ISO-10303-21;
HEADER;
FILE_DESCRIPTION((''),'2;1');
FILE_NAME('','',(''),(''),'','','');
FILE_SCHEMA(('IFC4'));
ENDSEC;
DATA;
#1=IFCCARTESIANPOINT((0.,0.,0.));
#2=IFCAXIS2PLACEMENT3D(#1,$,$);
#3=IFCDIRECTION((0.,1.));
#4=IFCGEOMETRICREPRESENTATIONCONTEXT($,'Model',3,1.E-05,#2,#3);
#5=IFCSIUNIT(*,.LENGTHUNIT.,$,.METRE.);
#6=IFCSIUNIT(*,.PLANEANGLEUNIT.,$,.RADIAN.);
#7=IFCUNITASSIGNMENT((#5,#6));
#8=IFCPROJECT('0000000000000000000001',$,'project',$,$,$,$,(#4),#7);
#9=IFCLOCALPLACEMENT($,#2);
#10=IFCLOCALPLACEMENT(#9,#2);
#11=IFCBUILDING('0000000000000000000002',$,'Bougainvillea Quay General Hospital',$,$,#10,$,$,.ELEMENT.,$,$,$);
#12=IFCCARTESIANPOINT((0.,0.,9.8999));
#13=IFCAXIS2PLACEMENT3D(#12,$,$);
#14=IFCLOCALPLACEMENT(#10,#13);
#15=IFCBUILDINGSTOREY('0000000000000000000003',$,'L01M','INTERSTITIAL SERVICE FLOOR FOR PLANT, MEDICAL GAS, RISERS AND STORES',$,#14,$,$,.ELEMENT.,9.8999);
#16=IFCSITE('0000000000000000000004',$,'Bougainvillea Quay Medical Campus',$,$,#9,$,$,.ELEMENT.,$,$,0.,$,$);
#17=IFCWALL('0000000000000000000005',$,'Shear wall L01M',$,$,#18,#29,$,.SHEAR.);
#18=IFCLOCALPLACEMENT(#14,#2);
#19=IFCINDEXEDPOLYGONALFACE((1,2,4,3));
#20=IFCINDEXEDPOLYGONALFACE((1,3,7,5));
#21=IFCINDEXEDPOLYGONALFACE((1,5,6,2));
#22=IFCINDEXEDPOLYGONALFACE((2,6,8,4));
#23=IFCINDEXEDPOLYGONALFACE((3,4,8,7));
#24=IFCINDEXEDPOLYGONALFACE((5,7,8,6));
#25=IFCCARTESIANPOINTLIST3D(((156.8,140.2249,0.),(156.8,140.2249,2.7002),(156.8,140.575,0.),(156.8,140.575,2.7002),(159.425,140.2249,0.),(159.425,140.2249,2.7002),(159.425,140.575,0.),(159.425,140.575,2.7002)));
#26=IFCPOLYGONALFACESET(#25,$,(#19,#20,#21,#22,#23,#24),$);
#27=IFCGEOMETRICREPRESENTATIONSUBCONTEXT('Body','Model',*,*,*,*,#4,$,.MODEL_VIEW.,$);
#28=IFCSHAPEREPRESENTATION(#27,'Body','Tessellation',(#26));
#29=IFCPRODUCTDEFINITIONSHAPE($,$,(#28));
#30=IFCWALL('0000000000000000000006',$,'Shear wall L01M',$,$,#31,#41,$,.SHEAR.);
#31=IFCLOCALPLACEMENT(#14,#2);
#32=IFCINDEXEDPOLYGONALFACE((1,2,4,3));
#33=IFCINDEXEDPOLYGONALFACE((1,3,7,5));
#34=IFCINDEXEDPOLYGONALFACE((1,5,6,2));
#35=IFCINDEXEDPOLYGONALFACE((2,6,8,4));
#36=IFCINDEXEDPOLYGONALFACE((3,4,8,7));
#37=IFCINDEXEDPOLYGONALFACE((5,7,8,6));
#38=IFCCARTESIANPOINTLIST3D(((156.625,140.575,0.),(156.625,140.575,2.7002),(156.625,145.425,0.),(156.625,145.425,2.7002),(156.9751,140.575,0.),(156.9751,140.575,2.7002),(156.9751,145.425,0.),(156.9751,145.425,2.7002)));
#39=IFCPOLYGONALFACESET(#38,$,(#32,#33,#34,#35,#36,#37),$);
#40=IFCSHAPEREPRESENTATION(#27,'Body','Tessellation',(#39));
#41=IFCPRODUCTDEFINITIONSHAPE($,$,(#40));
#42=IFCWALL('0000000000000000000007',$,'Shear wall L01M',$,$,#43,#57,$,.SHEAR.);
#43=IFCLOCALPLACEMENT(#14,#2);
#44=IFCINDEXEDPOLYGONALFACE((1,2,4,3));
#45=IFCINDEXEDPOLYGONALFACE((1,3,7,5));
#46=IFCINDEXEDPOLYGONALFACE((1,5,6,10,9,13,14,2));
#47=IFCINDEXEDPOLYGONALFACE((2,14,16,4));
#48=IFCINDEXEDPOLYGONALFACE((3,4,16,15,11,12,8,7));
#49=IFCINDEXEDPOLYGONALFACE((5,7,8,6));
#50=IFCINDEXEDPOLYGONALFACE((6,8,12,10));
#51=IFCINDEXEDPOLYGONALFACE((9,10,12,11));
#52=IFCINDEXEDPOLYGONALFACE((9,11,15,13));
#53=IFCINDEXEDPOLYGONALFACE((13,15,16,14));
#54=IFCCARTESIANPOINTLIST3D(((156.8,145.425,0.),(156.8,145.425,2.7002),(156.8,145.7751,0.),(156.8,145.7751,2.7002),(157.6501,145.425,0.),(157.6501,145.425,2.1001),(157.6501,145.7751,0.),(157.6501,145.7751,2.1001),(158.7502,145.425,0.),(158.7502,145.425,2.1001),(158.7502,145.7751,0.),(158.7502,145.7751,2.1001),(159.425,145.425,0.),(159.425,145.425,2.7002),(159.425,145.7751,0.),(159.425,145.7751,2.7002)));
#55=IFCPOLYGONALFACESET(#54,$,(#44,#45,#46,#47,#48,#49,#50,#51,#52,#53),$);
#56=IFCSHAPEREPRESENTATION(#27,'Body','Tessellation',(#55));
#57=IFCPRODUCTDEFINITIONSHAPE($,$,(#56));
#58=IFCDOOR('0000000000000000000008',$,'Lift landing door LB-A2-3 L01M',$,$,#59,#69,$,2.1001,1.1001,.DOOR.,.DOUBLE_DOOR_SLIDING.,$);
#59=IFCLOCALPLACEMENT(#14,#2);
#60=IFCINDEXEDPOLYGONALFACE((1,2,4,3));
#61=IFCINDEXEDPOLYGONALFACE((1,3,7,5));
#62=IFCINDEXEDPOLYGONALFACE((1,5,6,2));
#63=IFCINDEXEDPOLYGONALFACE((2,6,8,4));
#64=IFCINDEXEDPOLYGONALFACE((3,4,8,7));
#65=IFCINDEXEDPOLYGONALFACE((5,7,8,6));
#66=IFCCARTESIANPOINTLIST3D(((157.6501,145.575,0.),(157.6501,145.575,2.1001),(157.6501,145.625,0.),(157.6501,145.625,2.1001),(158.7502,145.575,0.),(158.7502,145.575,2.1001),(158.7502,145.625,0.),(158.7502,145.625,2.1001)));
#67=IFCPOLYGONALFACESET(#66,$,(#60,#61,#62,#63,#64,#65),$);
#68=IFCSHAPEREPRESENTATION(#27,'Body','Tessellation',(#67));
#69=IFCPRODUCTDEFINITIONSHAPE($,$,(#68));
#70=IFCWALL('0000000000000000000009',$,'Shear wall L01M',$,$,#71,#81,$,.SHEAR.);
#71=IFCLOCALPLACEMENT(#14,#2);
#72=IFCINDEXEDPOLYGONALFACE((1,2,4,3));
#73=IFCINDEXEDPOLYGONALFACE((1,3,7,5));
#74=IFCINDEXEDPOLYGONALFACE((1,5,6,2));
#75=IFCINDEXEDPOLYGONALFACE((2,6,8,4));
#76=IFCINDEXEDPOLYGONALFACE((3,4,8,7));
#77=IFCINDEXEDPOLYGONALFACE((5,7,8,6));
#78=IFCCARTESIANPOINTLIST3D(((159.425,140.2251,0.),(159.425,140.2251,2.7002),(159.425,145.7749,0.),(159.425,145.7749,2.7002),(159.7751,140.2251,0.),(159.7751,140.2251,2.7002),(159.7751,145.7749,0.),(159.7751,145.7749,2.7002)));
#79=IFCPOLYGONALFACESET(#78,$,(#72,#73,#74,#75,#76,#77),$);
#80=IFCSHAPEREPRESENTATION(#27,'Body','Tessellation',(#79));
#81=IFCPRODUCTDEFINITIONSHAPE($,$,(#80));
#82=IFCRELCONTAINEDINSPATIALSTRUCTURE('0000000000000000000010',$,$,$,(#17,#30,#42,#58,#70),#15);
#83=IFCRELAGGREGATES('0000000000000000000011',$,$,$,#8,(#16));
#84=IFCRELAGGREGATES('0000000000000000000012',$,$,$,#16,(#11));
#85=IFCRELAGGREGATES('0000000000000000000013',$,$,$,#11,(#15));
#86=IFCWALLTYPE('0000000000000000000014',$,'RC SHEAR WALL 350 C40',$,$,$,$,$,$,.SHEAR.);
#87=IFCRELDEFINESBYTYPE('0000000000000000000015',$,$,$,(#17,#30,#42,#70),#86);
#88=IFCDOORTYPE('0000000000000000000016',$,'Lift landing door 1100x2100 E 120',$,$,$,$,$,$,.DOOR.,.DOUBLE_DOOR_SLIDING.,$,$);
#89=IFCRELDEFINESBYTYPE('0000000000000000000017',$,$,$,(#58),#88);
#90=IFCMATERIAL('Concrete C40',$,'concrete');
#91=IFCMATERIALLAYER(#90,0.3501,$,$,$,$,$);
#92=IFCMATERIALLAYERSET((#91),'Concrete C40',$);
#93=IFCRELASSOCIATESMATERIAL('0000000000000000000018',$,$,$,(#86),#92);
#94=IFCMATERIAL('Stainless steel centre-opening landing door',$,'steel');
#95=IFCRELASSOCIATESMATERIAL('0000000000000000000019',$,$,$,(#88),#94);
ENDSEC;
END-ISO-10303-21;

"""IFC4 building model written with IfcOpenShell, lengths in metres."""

from ifc_helpers import new_model, si_unit, direction, frame, frame_2d, origin, place, context, subcontext, project, spatial, rectangle, extrude, material, layer, layer_set, type_object, element, fill, save


model = new_model("IFC4")

# Units and contexts
model_context = context("Model", 3, precision=1e-05, world=origin(), true_north=direction((0.0, 1.0)))
body_context = subcontext(model_context, "Body", "Model", "MODEL_VIEW")
ifc_project = project(units=[si_unit("LENGTHUNIT", "METRE"), si_unit("PLANEANGLEUNIT", "RADIAN")], contexts=[model_context])

# Site, building, storey
site_placement = place(None, origin())
site = spatial("IfcSite", under=ifc_project, at=site_placement, Name="Bougainvillea Quay Medical Campus", CompositionType="ELEMENT", RefElevation=0.0)
building_placement = place(site_placement, origin())
building = spatial("IfcBuilding", under=site, at=building_placement, Name="Bougainvillea Quay General Hospital", CompositionType="ELEMENT")
storey_placement = place(building_placement, frame((0.0, 0.0, 9.8999)))
storey = spatial("IfcBuildingStorey", under=building, at=storey_placement, Name="L01M", Description="INTERSTITIAL SERVICE FLOOR FOR PLANT, MEDICAL GAS, RISERS AND STORES", CompositionType="ELEMENT", Elevation=9.8999)

# Shared definitions
ifc_material_1 = material(Name="Concrete C40", Category="concrete")
ifc_layer_1 = layer(ifc_material_1, 0.3501)
ifc_layer_set_1 = layer_set([ifc_layer_1], Name="Concrete C40")
wall_type_1 = type_object("IfcWallType", Name="RC SHEAR WALL 350 C40", PredefinedType="SHEAR", material=ifc_layer_set_1)
ifc_material_2 = material(Name="Stainless steel centre-opening landing door", Category="steel")
door_type_1 = type_object("IfcDoorType", Name="Lift landing door 1100x2100 E 120", OperationType="DOUBLE_DOOR_SLIDING", PredefinedType="DOOR", material=ifc_material_2)

# Walls
wall_1_placement = place(storey_placement, frame((156.8, 140.3999, 0.0), z_axis=(0.0, 0.0, 1.0), x_axis=(1.0, 0.0, 0.0)))
element("IfcWall", 1, at=wall_1_placement, inside=storey, type_object=wall_type_1, Name="Shear wall L01M", PredefinedType="SHEAR", context=body_context, shape_type="SweptSolid", body=[
    extrude(rectangle(XDim=2.625, YDim=0.3501, at=frame_2d((1.3125, 0.0))), origin(), (0.0, 0.0, 1.0), 2.7002),
])
wall_2_placement = place(storey_placement, frame((156.8, 140.575, 0.0), z_axis=(0.0, 0.0, 1.0), x_axis=(0.0, 1.0, 0.0)))
element("IfcWall", 2, at=wall_2_placement, inside=storey, type_object=wall_type_1, Name="Shear wall L01M", PredefinedType="SHEAR", context=body_context, shape_type="SweptSolid", body=[
    extrude(rectangle(XDim=4.8501, YDim=0.3501, at=frame_2d((2.425, 0.0))), origin(), (0.0, 0.0, 1.0), 2.7002),
])

# Wall, opening, door
wall_3_placement = place(storey_placement, frame((156.8, 145.6001, 0.0), z_axis=(0.0, 0.0, 1.0), x_axis=(1.0, 0.0, 0.0)))
wall_3 = element("IfcWall", 3, at=wall_3_placement, inside=storey, type_object=wall_type_1, Name="Shear wall L01M", PredefinedType="SHEAR", context=body_context, shape_type="SweptSolid", body=[
    extrude(rectangle(XDim=2.625, YDim=0.3501, at=frame_2d((1.3125, 0.0))), origin(), (0.0, 0.0, 1.0), 2.7002),
])
opening_1_placement = place(wall_3_placement, frame((0.8501, 0.0, 0.0)))
opening_1 = element("IfcOpeningElement", 4, at=opening_1_placement, cuts=wall_3, PredefinedType="OPENING", context=body_context, shape_type="SweptSolid", body=[
    extrude(rectangle(XDim=1.1001, YDim=2.1001, at=frame_2d((0.55, 1.05))), frame((0.0, 0.1851, 0.0), z_axis=(0.0, -1.0, 0.0), x_axis=(1.0, 0.0, 0.0)), (0.0, 0.0, 1.0), 0.3701),
])
door_1_placement = place(opening_1_placement, origin())
door_1 = element("IfcDoor", 5, at=door_1_placement, inside=storey, type_object=door_type_1, Name="Lift landing door LB-A2-3 L01M", OperationType="DOUBLE_DOOR_SLIDING", OverallHeight=2.1001, OverallWidth=1.1001, PredefinedType="DOOR", context=body_context, shape_type="SweptSolid", body=[
    extrude(rectangle(XDim=1.1001, YDim=2.1001, at=frame_2d((0.55, 1.05))), frame((0.0, 0.0249, 0.0), z_axis=(0.0, -1.0, 0.0), x_axis=(1.0, 0.0, 0.0)), (0.0, 0.0, 1.0), 0.05),
])
fill(opening_1, door_1)

# Wall
wall_4_placement = place(storey_placement, frame((159.6001, 140.2251, 0.0), z_axis=(0.0, 0.0, 1.0), x_axis=(0.0, 1.0, 0.0)))
element("IfcWall", 6, at=wall_4_placement, inside=storey, type_object=wall_type_1, Name="Shear wall L01M", PredefinedType="SHEAR", context=body_context, shape_type="SweptSolid", body=[
    extrude(rectangle(XDim=5.5498, YDim=0.3501, at=frame_2d((2.7749, 0.0))), origin(), (0.0, 0.0, 1.0), 2.7002),
])

save(model, "model.ifc")
